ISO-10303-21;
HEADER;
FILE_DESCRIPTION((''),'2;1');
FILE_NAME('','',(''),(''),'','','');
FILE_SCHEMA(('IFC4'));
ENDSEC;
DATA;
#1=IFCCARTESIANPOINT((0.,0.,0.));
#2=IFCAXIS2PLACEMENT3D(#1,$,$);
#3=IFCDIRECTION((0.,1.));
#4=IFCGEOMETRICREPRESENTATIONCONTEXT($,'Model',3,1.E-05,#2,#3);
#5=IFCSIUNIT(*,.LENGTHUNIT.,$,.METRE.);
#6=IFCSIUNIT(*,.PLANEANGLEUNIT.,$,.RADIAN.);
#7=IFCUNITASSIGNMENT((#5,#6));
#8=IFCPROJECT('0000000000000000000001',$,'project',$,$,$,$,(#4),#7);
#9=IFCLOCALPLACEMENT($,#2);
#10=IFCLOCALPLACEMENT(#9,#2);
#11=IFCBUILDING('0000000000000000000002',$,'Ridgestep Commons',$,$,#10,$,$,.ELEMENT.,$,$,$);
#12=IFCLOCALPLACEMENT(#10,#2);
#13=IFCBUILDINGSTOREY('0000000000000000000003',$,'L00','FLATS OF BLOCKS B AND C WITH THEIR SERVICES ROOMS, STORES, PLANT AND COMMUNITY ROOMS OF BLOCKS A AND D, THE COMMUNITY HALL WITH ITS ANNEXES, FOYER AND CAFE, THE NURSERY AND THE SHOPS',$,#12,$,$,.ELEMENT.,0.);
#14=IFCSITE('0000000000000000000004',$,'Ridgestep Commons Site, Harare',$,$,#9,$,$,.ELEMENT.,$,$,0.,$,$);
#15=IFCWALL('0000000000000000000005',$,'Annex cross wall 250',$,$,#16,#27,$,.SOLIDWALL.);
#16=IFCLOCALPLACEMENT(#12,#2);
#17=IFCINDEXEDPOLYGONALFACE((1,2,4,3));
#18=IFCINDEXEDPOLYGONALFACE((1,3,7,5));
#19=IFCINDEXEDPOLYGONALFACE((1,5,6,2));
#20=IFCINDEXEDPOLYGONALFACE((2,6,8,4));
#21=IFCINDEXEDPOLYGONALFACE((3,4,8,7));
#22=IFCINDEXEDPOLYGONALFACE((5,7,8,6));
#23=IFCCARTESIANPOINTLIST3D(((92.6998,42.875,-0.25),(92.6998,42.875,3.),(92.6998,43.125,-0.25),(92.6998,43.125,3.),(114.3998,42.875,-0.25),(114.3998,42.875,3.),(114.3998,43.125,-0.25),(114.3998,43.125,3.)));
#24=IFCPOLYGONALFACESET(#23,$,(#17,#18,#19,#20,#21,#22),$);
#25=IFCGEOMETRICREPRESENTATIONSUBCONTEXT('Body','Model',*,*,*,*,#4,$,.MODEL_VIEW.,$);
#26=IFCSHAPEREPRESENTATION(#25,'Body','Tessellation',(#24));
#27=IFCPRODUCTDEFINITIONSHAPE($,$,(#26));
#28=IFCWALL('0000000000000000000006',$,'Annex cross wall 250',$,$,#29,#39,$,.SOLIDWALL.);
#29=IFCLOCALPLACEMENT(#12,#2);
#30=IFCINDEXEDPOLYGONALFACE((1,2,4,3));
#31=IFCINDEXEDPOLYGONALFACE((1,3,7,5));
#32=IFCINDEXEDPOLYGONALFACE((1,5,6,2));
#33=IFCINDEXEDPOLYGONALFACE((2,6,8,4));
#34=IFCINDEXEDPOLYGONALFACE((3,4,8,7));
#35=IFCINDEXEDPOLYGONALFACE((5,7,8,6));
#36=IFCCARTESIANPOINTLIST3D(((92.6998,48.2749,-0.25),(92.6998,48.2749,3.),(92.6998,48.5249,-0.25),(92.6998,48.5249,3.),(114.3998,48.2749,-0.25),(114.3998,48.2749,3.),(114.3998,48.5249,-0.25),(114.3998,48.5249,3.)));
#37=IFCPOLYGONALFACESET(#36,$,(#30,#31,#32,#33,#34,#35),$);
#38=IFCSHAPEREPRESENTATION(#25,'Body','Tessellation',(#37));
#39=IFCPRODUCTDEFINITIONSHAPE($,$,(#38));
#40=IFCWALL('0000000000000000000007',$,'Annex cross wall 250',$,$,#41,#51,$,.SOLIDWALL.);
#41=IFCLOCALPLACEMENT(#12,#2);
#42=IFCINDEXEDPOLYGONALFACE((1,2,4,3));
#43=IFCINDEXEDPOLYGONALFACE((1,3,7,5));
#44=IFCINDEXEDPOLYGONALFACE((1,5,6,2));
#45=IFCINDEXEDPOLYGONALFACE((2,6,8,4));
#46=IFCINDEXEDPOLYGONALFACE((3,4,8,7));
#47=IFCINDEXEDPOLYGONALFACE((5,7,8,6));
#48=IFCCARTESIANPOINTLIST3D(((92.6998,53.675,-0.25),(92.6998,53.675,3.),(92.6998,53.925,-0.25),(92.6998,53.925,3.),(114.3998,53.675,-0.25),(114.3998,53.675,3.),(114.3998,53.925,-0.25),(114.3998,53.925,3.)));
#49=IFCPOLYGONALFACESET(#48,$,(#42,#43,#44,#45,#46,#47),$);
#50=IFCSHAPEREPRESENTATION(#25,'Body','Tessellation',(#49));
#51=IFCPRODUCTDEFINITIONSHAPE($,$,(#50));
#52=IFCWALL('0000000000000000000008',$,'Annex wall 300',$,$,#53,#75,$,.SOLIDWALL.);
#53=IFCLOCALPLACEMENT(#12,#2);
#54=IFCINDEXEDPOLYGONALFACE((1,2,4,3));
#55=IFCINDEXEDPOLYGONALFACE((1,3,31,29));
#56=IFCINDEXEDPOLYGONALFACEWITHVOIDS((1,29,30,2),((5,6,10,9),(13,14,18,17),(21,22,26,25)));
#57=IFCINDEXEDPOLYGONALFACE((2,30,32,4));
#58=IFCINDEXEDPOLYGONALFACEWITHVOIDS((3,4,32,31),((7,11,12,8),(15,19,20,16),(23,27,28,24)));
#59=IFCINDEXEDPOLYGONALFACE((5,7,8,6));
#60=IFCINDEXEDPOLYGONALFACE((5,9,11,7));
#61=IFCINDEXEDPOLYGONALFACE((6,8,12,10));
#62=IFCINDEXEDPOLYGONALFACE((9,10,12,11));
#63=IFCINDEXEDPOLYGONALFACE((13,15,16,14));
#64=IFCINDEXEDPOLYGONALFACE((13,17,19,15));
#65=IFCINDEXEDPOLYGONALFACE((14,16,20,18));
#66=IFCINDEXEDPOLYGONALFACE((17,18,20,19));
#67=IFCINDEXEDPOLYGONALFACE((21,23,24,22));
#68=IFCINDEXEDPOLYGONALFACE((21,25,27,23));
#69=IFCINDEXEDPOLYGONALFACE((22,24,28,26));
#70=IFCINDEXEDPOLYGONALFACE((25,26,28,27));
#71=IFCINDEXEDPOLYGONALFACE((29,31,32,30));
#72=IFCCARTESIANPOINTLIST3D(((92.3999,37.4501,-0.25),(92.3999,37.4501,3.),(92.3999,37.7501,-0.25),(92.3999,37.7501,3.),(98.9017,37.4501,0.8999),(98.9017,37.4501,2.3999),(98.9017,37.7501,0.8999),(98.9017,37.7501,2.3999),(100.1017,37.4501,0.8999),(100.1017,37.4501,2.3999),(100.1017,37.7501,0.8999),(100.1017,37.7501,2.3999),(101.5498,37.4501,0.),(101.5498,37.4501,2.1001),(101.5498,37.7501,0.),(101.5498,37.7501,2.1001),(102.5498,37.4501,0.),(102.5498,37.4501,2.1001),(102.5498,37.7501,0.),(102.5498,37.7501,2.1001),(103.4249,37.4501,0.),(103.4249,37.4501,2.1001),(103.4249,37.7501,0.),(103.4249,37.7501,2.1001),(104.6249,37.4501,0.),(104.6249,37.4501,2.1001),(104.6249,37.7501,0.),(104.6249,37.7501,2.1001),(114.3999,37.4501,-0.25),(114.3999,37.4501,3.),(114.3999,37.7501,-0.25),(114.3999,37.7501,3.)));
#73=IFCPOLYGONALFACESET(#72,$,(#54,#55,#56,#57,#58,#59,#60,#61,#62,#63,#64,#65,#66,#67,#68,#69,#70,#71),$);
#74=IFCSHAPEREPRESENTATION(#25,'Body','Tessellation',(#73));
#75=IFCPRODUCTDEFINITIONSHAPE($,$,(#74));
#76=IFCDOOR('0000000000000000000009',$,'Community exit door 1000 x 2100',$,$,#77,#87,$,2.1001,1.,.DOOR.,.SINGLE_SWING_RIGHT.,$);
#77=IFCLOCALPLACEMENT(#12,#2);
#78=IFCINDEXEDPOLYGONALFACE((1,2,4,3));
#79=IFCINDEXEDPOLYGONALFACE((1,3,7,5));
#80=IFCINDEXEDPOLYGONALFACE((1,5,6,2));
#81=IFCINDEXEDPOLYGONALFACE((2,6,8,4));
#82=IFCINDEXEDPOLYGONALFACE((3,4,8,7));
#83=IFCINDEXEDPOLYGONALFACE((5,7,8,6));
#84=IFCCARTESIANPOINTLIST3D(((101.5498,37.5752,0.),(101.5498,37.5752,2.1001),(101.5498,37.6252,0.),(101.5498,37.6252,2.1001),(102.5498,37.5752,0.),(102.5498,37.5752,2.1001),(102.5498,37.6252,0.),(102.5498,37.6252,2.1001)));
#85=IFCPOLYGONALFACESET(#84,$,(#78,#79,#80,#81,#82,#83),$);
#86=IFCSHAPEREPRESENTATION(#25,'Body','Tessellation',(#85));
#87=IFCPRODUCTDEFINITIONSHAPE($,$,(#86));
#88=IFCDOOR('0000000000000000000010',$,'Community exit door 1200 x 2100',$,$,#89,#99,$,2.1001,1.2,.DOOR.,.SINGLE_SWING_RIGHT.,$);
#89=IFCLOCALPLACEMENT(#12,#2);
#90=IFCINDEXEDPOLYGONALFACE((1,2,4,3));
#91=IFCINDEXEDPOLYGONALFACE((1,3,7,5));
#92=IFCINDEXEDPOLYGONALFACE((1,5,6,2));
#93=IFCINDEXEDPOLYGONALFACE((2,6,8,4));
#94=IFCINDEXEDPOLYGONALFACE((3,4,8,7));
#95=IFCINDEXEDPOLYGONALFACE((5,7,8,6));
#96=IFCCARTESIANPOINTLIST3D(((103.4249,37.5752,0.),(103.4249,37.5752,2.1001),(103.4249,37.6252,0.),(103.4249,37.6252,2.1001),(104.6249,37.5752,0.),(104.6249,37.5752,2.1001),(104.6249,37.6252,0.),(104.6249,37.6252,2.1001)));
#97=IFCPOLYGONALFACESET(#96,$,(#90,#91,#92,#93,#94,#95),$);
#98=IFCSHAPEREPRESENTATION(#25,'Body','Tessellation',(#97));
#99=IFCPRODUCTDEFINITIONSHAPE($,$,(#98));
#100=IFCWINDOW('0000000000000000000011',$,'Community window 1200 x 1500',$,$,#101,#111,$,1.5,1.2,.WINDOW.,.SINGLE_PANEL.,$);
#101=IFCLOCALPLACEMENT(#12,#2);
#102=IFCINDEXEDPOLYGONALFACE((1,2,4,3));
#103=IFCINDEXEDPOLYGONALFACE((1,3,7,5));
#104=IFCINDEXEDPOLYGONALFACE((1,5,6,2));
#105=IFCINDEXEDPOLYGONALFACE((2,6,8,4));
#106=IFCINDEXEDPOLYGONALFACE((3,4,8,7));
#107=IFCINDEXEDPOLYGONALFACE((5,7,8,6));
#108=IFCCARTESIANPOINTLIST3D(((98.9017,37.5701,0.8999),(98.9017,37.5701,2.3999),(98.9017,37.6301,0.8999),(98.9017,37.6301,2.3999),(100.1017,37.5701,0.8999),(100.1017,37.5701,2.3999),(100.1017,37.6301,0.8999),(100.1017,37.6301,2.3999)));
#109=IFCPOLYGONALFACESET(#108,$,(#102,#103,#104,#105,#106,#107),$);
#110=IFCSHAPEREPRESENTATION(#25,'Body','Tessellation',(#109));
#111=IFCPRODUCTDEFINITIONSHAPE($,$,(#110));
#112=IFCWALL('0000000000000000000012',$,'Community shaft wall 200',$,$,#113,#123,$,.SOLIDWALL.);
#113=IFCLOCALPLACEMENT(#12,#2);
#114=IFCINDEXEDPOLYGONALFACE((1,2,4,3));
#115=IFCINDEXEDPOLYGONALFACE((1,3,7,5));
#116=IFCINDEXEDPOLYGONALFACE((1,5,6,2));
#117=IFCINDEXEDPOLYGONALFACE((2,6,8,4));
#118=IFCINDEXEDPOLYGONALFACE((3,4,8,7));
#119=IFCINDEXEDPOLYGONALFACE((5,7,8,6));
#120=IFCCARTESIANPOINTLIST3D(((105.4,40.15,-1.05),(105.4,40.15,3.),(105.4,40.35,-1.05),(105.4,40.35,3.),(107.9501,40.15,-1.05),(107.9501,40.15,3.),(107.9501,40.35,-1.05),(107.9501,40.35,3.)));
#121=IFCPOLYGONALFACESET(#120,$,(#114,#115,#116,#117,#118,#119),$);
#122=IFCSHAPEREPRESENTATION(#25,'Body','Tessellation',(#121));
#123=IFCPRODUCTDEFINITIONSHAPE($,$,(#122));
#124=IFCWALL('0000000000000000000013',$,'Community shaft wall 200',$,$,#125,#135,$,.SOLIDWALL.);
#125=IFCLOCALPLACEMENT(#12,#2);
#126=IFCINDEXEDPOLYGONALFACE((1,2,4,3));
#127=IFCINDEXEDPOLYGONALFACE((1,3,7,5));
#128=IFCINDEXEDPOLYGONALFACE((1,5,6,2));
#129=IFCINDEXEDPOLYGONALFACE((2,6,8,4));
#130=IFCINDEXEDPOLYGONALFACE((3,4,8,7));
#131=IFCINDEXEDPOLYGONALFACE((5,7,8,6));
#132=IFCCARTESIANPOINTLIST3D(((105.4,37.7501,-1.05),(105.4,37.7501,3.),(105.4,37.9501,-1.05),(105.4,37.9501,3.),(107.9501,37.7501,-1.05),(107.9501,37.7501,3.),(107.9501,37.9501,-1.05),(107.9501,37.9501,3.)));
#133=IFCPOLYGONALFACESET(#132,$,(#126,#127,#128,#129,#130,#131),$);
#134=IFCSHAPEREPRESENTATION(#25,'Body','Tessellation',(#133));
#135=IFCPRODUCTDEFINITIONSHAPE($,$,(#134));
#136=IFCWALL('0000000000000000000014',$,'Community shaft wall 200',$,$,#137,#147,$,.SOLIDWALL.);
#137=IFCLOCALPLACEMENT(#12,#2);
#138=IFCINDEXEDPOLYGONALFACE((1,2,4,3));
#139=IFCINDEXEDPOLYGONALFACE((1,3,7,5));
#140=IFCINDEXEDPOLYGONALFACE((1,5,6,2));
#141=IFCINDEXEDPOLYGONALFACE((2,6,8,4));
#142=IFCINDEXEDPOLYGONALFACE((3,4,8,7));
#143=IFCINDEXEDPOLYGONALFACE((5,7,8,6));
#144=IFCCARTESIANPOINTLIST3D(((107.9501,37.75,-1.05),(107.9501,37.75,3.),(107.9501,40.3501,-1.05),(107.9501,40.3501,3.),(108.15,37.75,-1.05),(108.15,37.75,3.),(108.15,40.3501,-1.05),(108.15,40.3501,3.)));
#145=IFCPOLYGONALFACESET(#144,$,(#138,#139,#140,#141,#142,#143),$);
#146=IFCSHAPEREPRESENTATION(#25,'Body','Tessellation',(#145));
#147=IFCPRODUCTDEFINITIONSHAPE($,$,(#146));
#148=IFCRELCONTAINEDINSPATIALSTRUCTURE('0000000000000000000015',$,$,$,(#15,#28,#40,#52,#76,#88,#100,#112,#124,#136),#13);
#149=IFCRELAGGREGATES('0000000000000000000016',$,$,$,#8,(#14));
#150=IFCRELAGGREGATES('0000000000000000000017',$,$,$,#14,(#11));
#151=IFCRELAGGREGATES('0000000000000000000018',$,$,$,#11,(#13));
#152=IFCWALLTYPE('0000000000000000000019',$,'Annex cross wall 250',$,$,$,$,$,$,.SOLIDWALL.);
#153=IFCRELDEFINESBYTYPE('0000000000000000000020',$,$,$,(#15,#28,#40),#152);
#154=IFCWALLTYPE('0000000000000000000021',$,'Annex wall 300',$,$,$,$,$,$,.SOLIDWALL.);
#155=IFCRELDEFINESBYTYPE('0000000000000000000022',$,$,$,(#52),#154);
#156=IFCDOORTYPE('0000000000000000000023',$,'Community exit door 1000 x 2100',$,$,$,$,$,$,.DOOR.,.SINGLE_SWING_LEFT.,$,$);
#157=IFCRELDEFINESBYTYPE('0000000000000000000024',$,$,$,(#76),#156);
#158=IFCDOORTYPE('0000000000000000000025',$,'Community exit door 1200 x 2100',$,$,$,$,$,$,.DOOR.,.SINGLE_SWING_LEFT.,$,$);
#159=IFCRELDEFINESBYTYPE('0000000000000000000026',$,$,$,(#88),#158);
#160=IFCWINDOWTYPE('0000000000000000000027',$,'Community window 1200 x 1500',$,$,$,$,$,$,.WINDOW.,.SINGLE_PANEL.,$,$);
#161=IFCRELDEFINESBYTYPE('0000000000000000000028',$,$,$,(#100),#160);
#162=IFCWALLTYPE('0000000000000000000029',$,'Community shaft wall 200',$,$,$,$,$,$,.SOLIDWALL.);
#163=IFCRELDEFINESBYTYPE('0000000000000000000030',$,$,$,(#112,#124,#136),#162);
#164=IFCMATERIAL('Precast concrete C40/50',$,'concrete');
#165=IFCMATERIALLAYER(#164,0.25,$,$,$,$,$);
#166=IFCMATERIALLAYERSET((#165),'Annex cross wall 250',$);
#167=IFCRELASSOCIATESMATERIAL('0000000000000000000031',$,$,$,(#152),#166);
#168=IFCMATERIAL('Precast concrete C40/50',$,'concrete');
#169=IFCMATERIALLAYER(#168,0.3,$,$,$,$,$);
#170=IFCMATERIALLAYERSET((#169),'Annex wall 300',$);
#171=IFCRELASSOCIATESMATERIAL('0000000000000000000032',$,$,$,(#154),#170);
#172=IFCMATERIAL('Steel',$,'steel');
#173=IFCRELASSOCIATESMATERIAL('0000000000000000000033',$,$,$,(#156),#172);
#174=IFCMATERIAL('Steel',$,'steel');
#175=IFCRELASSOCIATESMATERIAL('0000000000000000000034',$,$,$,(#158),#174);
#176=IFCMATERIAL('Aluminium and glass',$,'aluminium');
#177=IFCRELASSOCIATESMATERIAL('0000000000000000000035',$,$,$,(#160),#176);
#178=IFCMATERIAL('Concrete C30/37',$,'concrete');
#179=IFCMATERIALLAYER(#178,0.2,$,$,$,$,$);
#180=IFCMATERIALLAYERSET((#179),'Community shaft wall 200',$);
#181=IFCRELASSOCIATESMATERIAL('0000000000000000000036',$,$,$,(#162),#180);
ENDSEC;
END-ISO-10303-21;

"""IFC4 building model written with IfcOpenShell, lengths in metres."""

from ifc_helpers import new_model, si_unit, direction, frame, frame_2d, origin, place, context, subcontext, project, spatial, rectangle, extrude, material, layer, layer_set, type_object, element, fill, save


model = new_model("IFC4")

# Units and contexts
model_context = context("Model", 3, precision=1e-05, world=origin(), true_north=direction((0.0, 1.0)))
body_context = subcontext(model_context, "Body", "Model", "MODEL_VIEW")
ifc_project = project(units=[si_unit("LENGTHUNIT", "METRE"), si_unit("PLANEANGLEUNIT", "RADIAN")], contexts=[model_context])

# Site, building, storey
site_placement = place(None, origin())
site = spatial("IfcSite", under=ifc_project, at=site_placement, Name="Ridgestep Commons Site, Harare", CompositionType="ELEMENT", RefElevation=0.0)
building_placement = place(site_placement, origin())
building = spatial("IfcBuilding", under=site, at=building_placement, Name="Ridgestep Commons", CompositionType="ELEMENT")
storey_placement = place(building_placement, origin())
storey = spatial("IfcBuildingStorey", under=building, at=storey_placement, Name="L00", Description="FLATS OF BLOCKS B AND C WITH THEIR SERVICES ROOMS, STORES, PLANT AND COMMUNITY ROOMS OF BLOCKS A AND D, THE COMMUNITY HALL WITH ITS ANNEXES, FOYER AND CAFE, THE NURSERY AND THE SHOPS", CompositionType="ELEMENT", Elevation=0.0)

# Walls
ifc_material_1 = material(Name="Precast concrete C40/50", Category="concrete")
ifc_layer_1 = layer(ifc_material_1, 0.25)
ifc_layer_set_1 = layer_set([ifc_layer_1], Name="Annex cross wall 250")
wall_type_1 = type_object("IfcWallType", Name="Annex cross wall 250", PredefinedType="SOLIDWALL", material=ifc_layer_set_1)
for number, where, z_axis, x_axis, name in (
    (1, (114.3999, 43.0, -0.25), (0.0, 0.0, 1.0), (-1.0, 0.0, 0.0), "Annex cross wall 250"),
    (2, (114.3999, 48.3999, -0.25), (0.0, 0.0, 1.0), (-1.0, 0.0, 0.0), "Annex cross wall 250"),
    (3, (114.3999, 53.8, -0.25), (0.0, 0.0, 1.0), (-1.0, 0.0, 0.0), "Annex cross wall 250"),
):
    element("IfcWall", number, at=place(storey_placement, frame(where, z_axis=z_axis, x_axis=x_axis)), inside=storey, type_object=wall_type_1, Name=name, PredefinedType="SOLIDWALL", context=body_context, shape_type="SweptSolid", body=[
        extrude(rectangle(XDim=21.7, YDim=0.25, at=frame_2d((10.8501, 0.0))), origin(), (0.0, 0.0, 1.0), 3.25),
    ])

# Wall, openings, doors, window
ifc_material_2 = material(Name="Precast concrete C40/50", Category="concrete")
ifc_layer_2 = layer(ifc_material_2, 0.3)
ifc_layer_set_2 = layer_set([ifc_layer_2], Name="Annex wall 300")
wall_type_2 = type_object("IfcWallType", Name="Annex wall 300", PredefinedType="SOLIDWALL", material=ifc_layer_set_2)
wall_1_placement = place(storey_placement, frame((114.3999, 37.6001, -0.25), z_axis=(0.0, 0.0, 1.0), x_axis=(-1.0, 0.0, 0.0)))
wall_1 = element("IfcWall", 4, at=wall_1_placement, inside=storey, type_object=wall_type_2, Name="Annex wall 300", PredefinedType="SOLIDWALL", context=body_context, shape_type="SweptSolid", body=[
    extrude(rectangle(XDim=22.0, YDim=0.3, at=frame_2d((11.0, 0.0))), origin(), (0.0, 0.0, 1.0), 3.25),
])
opening_1_placement = place(wall_1_placement, frame((14.2981, 0.0, 1.1499)))
opening_1 = element("IfcOpeningElement", 5, at=opening_1_placement, cuts=wall_1, PredefinedType="OPENING", context=body_context, shape_type="SweptSolid", body=[
    extrude(rectangle(XDim=1.2, YDim=1.5, at=frame_2d((0.6001, 0.75))), frame((0.0, 0.1599, 0.0), z_axis=(0.0, -1.0, 0.0), x_axis=(1.0, 0.0, 0.0)), (0.0, 0.0, 1.0), 0.3201),
])
opening_2_placement = place(wall_1_placement, frame((9.7749, 0.0, 0.25)))
opening_2 = element("IfcOpeningElement", 6, at=opening_2_placement, cuts=wall_1, PredefinedType="OPENING", context=body_context, shape_type="SweptSolid", body=[
    extrude(rectangle(XDim=1.2, YDim=2.1001, at=frame_2d((0.6001, 1.05))), frame((0.0, 0.1599, 0.0), z_axis=(0.0, -1.0, 0.0), x_axis=(1.0, 0.0, 0.0)), (0.0, 0.0, 1.0), 0.3201),
])
opening_3_placement = place(wall_1_placement, frame((11.8501, 0.0, 0.25)))
opening_3 = element("IfcOpeningElement", 7, at=opening_3_placement, cuts=wall_1, PredefinedType="OPENING", context=body_context, shape_type="SweptSolid", body=[
    extrude(rectangle(XDim=1.0, YDim=2.1001, at=frame_2d((0.5, 1.05))), frame((0.0, 0.1599, 0.0), z_axis=(0.0, -1.0, 0.0), x_axis=(1.0, 0.0, 0.0)), (0.0, 0.0, 1.0), 0.3201),
])
ifc_material_3 = material(Name="Steel", Category="steel")
door_type_1 = type_object("IfcDoorType", Name="Community exit door 1000 x 2100", OperationType="SINGLE_SWING_LEFT", PredefinedType="DOOR", material=ifc_material_3)
door_1_placement = place(opening_3_placement, origin())
door_1 = element("IfcDoor", 8, at=door_1_placement, inside=storey, type_object=door_type_1, Name="Community exit door 1000 x 2100", OperationType="SINGLE_SWING_RIGHT", OverallHeight=2.1001, OverallWidth=1.0, PredefinedType="DOOR", context=body_context, shape_type="SweptSolid", body=[
    extrude(rectangle(XDim=1.0, YDim=2.1001, at=frame_2d((0.5, 1.05))), frame((0.0, 0.0249, 0.0), z_axis=(0.0, -1.0, 0.0), x_axis=(1.0, 0.0, 0.0)), (0.0, 0.0, 1.0), 0.05),
])
fill(opening_3, door_1)
ifc_material_4 = material(Name="Steel", Category="steel")
door_type_2 = type_object("IfcDoorType", Name="Community exit door 1200 x 2100", OperationType="SINGLE_SWING_LEFT", PredefinedType="DOOR", material=ifc_material_4)
door_2_placement = place(opening_2_placement, origin())
door_2 = element("IfcDoor", 9, at=door_2_placement, inside=storey, type_object=door_type_2, Name="Community exit door 1200 x 2100", OperationType="SINGLE_SWING_RIGHT", OverallHeight=2.1001, OverallWidth=1.2, PredefinedType="DOOR", context=body_context, shape_type="SweptSolid", body=[
    extrude(rectangle(XDim=1.2, YDim=2.1001, at=frame_2d((0.6001, 1.05))), frame((0.0, 0.0249, 0.0), z_axis=(0.0, -1.0, 0.0), x_axis=(1.0, 0.0, 0.0)), (0.0, 0.0, 1.0), 0.05),
])
fill(opening_2, door_2)
ifc_material_5 = material(Name="Aluminium and glass", Category="aluminium")
window_type = type_object("IfcWindowType", Name="Community window 1200 x 1500", PartitioningType="SINGLE_PANEL", PredefinedType="WINDOW", material=ifc_material_5)
window_placement = place(opening_1_placement, origin())
window = element("IfcWindow", 10, at=window_placement, inside=storey, type_object=window_type, Name="Community window 1200 x 1500", OverallHeight=1.5, OverallWidth=1.2, PartitioningType="SINGLE_PANEL", PredefinedType="WINDOW", context=body_context, shape_type="SweptSolid", body=[
    extrude(rectangle(XDim=1.2, YDim=1.5, at=frame_2d((0.6001, 0.75))), frame((0.0, 0.03, 0.0), z_axis=(0.0, -1.0, 0.0), x_axis=(1.0, 0.0, 0.0)), (0.0, 0.0, 1.0), 0.0601),
])
fill(opening_1, window)

# Walls
ifc_material_6 = material(Name="Concrete C30/37", Category="concrete")
ifc_layer_3 = layer(ifc_material_6, 0.2)
ifc_layer_set_3 = layer_set([ifc_layer_3], Name="Community shaft wall 200")
wall_type_3 = type_object("IfcWallType", Name="Community shaft wall 200", PredefinedType="SOLIDWALL", material=ifc_layer_set_3)
for number, where, z_axis, x_axis, name in (
    (11, (107.95, 40.25, -1.05), (0.0, 0.0, 1.0), (-1.0, 0.0, 0.0), "Community shaft wall 200"),
    (12, (107.95, 37.8501, -1.05), (0.0, 0.0, 1.0), (-1.0, 0.0, 0.0), "Community shaft wall 200"),
):
    element("IfcWall", number, at=place(storey_placement, frame(where, z_axis=z_axis, x_axis=x_axis)), inside=storey, type_object=wall_type_3, Name=name, PredefinedType="SOLIDWALL", context=body_context, shape_type="SweptSolid", body=[
        extrude(rectangle(XDim=2.55, YDim=0.2, at=frame_2d((1.2749, 0.0))), origin(), (0.0, 0.0, 1.0), 4.05),
    ])
wall_2_placement = place(storey_placement, frame((108.05, 37.75, -1.05), z_axis=(0.0, 0.0, 1.0), x_axis=(0.0, 1.0, 0.0)))
element("IfcWall", 13, at=wall_2_placement, inside=storey, type_object=wall_type_3, Name="Community shaft wall 200", PredefinedType="SOLIDWALL", context=body_context, shape_type="SweptSolid", body=[
    extrude(rectangle(XDim=2.6001, YDim=0.2, at=frame_2d((1.3, 0.0))), origin(), (0.0, 0.0, 1.0), 4.05),
])

save(model, "model.ifc")
